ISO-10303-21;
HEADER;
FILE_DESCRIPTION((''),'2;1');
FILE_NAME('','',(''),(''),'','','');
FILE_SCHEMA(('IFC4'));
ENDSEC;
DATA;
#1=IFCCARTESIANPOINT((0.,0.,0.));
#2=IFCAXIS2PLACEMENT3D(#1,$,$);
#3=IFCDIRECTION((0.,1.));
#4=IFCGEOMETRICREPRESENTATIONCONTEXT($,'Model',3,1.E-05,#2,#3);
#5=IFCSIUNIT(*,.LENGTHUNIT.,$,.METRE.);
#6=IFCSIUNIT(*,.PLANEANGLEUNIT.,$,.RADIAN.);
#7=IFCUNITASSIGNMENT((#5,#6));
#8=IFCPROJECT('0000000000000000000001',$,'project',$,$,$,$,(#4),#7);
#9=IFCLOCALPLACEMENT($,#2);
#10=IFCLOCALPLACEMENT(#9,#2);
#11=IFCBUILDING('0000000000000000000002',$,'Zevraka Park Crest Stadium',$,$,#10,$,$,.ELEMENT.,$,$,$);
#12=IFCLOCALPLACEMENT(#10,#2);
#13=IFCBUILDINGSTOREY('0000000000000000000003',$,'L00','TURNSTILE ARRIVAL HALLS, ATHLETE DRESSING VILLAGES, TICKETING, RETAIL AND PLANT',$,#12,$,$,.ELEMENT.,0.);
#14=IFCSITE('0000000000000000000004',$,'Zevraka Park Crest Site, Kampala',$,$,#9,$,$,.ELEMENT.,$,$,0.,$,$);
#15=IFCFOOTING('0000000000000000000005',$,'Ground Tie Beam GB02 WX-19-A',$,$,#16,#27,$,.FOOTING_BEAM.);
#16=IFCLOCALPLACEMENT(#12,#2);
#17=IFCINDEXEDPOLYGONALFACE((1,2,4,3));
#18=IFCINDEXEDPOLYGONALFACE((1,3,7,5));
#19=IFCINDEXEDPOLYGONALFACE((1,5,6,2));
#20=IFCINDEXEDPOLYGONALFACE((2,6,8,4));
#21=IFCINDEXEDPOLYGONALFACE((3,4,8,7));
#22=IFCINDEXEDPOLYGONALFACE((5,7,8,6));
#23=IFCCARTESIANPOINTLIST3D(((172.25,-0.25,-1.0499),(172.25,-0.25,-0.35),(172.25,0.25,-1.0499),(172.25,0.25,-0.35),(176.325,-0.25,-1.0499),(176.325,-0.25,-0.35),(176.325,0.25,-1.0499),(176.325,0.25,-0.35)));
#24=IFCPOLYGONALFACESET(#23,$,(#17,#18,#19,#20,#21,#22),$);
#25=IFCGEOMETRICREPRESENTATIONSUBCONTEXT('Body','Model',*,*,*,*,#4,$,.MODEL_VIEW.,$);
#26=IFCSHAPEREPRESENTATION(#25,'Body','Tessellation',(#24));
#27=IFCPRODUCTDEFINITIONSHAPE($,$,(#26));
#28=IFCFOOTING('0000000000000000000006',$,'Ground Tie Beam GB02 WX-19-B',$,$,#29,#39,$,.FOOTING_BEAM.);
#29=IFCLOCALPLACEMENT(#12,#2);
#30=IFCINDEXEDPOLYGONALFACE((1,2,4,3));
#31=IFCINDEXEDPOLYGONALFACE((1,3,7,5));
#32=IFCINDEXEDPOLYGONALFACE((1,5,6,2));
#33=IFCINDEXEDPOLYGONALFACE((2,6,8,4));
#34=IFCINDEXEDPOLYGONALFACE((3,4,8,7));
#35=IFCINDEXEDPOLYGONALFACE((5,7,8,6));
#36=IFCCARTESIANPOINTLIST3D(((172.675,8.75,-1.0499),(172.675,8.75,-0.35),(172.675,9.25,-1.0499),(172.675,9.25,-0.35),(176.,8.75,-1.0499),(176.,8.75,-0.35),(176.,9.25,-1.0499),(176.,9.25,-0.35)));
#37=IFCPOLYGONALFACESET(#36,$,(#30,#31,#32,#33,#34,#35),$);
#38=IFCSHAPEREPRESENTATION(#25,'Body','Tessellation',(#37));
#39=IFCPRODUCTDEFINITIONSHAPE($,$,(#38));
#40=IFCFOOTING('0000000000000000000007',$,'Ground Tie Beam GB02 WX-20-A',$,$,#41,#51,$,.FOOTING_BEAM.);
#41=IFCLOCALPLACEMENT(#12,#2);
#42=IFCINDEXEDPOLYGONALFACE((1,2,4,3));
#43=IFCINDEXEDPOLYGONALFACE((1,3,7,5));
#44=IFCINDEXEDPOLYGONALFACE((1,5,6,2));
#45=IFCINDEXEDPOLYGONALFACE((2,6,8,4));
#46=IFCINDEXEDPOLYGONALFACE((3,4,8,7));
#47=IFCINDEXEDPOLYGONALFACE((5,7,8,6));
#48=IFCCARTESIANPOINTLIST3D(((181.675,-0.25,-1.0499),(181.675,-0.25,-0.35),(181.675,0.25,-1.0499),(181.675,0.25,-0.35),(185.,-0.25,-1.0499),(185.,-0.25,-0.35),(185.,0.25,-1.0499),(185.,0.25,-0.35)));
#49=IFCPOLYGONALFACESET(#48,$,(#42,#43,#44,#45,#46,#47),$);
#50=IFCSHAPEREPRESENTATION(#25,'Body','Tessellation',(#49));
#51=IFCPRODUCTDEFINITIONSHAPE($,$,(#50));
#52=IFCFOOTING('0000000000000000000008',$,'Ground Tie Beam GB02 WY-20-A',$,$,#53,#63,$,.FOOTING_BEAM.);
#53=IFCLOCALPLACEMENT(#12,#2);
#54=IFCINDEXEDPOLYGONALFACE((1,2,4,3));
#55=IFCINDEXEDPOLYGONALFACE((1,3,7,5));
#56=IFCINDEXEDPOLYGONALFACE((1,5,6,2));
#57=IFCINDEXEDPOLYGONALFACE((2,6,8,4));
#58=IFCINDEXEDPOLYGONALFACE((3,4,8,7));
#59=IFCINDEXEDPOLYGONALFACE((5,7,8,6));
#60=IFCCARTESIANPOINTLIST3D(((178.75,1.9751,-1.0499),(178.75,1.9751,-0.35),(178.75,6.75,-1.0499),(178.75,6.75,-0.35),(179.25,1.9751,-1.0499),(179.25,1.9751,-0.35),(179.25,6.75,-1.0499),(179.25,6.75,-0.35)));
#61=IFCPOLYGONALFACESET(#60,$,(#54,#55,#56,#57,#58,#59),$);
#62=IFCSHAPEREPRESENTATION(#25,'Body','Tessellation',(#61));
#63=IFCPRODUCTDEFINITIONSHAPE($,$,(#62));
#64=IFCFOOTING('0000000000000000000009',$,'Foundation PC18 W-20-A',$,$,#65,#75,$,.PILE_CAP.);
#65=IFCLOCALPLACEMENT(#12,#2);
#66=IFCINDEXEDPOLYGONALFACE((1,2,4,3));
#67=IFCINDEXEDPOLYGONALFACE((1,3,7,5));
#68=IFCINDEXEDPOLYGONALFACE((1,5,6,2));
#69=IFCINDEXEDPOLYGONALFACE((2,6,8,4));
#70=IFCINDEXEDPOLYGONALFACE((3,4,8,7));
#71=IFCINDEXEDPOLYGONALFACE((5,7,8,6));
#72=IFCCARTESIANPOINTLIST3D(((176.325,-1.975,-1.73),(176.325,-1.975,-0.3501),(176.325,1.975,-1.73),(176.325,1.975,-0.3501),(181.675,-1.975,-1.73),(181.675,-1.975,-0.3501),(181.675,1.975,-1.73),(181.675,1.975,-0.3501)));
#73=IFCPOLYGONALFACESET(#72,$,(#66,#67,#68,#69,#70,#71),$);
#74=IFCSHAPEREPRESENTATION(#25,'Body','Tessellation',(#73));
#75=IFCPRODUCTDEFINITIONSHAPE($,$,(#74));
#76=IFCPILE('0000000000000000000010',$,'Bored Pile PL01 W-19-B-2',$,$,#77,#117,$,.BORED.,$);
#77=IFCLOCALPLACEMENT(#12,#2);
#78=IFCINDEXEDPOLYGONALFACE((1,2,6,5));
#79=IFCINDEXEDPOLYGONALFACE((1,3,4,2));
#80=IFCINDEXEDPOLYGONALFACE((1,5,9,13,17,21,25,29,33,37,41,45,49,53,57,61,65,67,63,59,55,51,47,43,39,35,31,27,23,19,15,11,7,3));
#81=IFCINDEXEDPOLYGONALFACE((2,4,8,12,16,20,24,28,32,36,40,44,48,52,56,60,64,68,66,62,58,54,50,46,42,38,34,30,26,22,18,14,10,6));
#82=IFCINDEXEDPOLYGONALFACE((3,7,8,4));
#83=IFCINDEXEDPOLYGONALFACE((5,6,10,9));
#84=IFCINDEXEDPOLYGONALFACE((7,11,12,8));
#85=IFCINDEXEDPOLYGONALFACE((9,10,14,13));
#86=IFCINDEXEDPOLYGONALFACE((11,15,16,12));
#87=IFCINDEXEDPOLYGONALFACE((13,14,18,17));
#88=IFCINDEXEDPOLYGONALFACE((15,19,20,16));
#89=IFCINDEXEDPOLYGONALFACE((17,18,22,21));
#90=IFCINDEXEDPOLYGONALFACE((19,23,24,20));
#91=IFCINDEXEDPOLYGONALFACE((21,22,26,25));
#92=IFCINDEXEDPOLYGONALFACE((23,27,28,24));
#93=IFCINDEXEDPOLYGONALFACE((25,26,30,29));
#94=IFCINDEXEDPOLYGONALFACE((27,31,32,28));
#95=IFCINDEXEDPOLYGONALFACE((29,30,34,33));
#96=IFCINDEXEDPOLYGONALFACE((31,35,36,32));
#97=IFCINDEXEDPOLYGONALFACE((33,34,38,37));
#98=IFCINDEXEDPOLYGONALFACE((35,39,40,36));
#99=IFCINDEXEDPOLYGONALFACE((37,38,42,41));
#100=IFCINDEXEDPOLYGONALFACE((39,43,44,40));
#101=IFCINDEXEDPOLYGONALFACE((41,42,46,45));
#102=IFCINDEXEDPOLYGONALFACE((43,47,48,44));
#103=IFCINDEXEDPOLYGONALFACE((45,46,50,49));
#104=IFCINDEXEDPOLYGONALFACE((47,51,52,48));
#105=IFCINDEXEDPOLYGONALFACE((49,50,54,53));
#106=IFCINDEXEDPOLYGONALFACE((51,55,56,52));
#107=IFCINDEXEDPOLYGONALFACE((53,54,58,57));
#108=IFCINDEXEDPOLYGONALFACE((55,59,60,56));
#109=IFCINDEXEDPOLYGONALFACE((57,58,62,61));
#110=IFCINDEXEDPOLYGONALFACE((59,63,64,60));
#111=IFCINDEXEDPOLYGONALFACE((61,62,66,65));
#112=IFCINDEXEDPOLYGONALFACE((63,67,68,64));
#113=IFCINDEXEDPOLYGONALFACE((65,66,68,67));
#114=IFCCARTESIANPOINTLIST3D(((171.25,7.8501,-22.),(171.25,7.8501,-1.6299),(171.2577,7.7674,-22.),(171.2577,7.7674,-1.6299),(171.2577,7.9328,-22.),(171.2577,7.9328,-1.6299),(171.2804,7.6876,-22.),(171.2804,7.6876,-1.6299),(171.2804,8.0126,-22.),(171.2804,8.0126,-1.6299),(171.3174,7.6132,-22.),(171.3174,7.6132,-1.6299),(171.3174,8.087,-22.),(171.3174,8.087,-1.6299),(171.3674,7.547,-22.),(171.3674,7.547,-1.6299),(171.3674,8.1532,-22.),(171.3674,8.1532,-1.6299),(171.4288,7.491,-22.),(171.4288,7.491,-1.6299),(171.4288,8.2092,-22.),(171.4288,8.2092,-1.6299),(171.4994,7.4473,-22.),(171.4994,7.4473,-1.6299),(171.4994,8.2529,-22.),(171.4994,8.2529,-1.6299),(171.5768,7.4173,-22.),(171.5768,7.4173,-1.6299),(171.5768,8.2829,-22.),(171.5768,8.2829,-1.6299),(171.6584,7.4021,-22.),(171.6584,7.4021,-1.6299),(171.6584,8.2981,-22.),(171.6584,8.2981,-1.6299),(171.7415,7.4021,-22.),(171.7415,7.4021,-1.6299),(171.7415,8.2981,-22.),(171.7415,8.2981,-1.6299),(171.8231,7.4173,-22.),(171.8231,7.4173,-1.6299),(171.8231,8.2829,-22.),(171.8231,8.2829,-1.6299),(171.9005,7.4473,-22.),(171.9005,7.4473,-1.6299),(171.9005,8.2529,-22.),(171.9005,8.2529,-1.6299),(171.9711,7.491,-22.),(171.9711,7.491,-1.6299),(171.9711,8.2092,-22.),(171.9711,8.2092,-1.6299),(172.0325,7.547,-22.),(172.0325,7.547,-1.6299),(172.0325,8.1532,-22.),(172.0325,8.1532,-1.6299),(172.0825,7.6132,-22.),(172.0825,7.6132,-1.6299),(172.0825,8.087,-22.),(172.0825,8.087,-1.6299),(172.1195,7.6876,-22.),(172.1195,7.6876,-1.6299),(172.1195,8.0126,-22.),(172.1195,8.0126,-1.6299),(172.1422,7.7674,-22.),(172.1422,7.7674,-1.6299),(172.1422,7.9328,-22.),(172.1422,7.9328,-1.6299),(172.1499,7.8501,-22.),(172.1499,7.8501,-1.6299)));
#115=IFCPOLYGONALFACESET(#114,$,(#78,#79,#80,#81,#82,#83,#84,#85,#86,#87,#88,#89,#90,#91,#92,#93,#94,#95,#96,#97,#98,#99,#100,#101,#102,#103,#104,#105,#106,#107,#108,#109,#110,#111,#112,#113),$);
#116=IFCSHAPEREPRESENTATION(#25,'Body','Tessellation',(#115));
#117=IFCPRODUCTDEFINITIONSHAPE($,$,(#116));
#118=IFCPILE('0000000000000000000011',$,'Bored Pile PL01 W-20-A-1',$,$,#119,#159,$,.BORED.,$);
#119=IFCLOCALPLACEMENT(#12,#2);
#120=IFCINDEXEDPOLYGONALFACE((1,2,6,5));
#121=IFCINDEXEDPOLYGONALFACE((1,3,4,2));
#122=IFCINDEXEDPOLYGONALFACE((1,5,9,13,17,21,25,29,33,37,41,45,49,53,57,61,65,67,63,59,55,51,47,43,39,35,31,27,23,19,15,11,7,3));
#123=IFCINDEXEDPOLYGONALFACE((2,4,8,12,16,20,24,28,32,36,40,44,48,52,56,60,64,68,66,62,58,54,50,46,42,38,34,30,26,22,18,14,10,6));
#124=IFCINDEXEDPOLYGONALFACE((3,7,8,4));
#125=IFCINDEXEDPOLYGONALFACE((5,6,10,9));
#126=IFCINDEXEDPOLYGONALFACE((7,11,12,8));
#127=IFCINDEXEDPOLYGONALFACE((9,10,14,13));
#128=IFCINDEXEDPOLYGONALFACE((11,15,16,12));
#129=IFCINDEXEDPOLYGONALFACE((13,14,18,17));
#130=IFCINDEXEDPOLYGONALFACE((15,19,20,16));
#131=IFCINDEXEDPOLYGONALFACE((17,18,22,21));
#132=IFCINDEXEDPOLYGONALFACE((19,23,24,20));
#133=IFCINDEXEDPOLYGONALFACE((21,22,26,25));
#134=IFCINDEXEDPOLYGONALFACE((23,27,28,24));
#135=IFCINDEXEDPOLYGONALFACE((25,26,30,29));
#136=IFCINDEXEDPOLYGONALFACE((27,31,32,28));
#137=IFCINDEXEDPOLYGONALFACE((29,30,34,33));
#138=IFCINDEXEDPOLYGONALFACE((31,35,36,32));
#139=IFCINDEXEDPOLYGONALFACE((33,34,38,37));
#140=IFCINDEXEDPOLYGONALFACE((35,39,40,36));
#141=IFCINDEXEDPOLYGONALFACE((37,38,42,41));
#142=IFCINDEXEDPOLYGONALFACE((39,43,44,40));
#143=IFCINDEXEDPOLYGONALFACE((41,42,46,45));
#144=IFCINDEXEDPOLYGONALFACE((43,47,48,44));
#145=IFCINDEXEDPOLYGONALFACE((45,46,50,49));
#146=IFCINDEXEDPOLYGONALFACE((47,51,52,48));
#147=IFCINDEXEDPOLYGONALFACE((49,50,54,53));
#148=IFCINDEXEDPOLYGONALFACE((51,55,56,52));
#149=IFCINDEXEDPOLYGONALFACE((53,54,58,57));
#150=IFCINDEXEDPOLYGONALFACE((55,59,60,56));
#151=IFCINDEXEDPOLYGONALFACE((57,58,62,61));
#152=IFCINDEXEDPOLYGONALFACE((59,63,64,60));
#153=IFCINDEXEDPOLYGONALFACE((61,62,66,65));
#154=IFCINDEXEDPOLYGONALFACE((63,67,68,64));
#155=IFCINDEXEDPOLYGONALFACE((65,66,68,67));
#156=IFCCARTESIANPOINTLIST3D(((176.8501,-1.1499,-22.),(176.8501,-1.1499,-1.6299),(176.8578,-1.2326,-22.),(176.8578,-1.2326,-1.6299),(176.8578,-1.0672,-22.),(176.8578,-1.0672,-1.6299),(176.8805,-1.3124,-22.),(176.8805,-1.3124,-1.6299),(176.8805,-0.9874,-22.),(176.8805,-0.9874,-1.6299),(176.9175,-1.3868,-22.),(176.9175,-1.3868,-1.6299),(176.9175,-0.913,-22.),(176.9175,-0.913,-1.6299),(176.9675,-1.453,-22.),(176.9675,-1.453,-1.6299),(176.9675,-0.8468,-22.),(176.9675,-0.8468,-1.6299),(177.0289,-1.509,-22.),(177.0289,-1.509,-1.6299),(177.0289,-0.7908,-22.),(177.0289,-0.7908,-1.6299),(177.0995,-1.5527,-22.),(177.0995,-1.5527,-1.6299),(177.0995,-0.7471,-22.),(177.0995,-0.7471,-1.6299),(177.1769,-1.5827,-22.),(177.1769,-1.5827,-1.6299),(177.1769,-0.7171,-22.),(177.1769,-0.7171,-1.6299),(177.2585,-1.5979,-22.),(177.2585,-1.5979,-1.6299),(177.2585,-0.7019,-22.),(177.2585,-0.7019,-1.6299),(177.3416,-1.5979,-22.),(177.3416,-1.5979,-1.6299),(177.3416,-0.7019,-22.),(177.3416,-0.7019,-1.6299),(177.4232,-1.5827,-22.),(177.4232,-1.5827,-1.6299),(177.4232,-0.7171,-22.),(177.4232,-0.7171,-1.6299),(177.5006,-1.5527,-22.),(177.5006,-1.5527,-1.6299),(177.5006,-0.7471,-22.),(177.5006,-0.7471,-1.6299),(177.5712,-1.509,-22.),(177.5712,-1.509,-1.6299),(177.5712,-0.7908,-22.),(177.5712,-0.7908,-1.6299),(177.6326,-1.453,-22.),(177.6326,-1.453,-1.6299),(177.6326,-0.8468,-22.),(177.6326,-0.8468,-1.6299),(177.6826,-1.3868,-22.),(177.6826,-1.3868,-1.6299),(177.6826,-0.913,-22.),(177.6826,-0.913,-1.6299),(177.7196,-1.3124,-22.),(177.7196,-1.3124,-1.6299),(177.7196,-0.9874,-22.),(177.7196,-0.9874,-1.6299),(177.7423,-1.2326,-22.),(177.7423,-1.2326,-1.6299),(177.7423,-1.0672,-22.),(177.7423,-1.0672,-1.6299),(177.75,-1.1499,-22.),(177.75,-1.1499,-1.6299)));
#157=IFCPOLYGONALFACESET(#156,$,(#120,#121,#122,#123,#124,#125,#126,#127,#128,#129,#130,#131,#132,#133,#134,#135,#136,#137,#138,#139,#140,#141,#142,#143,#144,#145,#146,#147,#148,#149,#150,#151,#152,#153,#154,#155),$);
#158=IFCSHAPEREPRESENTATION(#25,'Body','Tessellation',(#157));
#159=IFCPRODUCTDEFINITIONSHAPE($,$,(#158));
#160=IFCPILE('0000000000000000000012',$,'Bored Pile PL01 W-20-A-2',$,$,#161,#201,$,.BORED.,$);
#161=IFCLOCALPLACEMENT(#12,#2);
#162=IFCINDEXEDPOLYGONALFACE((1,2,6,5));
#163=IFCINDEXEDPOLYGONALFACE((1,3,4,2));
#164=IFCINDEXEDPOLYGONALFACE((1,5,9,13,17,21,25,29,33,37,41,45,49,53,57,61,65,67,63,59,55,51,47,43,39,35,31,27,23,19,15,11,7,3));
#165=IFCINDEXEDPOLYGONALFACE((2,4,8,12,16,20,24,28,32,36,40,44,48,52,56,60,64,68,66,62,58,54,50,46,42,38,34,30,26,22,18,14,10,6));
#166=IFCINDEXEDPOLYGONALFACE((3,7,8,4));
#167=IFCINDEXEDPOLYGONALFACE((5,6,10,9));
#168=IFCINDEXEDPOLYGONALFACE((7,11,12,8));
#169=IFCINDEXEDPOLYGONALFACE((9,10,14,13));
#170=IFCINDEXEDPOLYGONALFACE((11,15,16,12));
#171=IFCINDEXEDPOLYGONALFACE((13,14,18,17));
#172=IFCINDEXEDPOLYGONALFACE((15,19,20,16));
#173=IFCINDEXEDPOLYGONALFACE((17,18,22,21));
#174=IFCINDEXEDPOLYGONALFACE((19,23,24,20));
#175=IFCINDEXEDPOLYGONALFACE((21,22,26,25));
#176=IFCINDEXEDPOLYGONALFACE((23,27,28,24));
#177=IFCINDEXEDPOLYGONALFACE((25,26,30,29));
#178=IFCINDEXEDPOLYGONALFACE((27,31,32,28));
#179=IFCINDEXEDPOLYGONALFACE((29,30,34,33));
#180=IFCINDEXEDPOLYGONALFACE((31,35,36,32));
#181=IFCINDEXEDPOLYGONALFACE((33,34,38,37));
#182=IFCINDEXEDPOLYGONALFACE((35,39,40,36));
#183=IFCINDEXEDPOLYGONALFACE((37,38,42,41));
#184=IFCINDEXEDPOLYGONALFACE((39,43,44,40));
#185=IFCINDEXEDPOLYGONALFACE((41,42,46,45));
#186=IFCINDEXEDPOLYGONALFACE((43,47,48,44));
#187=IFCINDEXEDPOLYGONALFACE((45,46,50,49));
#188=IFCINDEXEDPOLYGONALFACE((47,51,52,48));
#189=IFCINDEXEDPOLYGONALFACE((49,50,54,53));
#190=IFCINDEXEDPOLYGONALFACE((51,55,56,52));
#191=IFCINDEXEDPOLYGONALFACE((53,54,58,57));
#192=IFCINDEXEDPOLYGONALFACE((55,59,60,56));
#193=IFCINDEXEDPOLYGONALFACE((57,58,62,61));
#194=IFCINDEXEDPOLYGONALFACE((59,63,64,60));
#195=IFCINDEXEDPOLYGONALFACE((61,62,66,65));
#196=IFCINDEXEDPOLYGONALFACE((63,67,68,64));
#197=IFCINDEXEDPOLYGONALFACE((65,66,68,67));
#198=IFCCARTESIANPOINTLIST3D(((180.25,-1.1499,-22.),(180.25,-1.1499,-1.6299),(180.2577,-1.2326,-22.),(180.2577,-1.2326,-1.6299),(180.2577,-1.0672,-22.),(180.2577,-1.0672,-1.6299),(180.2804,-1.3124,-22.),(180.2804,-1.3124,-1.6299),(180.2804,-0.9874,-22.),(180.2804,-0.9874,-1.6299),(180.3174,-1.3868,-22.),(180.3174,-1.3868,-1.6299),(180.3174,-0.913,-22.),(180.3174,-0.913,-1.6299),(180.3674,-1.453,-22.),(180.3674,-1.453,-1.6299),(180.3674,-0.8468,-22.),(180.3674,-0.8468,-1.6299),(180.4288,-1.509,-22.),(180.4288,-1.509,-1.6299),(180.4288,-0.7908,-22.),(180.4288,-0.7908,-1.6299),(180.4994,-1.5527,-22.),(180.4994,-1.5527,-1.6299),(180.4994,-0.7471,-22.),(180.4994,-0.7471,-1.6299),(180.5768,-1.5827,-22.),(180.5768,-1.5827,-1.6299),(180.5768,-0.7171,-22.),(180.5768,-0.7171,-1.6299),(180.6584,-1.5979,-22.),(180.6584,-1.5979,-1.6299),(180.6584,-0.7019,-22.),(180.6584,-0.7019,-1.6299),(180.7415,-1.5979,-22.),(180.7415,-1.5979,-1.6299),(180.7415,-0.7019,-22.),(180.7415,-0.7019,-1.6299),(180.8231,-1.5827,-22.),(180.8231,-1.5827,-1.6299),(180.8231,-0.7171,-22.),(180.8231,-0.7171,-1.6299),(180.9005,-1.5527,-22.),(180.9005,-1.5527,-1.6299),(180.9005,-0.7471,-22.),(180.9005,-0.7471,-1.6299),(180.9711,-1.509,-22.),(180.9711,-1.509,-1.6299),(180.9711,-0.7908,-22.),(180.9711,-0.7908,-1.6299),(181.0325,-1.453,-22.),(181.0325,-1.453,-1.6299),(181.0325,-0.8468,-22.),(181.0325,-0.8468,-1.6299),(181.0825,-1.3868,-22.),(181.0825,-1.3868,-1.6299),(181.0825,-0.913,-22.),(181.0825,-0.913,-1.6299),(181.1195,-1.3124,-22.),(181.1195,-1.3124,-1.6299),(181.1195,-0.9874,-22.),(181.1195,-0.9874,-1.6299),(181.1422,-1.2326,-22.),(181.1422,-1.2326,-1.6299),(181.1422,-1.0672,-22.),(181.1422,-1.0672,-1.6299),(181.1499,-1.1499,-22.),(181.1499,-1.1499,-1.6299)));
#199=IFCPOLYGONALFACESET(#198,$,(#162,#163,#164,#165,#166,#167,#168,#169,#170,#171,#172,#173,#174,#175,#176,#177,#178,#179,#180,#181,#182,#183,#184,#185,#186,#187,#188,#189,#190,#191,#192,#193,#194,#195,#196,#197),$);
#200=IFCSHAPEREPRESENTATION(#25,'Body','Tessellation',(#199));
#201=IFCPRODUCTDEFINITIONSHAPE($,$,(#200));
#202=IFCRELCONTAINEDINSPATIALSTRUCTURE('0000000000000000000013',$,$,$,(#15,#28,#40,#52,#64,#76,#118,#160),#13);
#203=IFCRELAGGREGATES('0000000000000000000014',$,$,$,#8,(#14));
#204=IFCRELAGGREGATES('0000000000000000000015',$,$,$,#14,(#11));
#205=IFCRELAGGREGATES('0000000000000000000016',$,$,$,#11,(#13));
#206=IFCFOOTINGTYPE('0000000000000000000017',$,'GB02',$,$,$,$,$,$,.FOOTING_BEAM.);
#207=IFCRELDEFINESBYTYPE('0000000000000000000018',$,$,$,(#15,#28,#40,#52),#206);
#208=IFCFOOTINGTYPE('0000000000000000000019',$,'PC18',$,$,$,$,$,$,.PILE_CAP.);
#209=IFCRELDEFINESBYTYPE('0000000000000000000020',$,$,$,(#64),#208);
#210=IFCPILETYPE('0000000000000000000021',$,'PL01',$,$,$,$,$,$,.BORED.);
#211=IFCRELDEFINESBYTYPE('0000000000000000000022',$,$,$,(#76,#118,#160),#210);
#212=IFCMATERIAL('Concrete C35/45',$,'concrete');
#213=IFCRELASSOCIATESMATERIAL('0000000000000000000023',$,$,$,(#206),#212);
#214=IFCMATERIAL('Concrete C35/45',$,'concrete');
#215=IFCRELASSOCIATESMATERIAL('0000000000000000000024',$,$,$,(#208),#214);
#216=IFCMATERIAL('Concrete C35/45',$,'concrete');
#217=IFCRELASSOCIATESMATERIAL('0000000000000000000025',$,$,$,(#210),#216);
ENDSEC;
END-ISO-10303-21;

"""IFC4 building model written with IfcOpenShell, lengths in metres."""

from ifc_helpers import new_model, si_unit, direction, frame, origin, origin_2d, place, context, subcontext, project, spatial, rectangle, circle, extrude, material, material_profile, profile_set, type_object, element, save


model = new_model("IFC4")

# Units and contexts
model_context = context("Model", 3, precision=1e-05, world=origin(), true_north=direction((0.0, 1.0)))
body_context = subcontext(model_context, "Body", "Model", "MODEL_VIEW")
ifc_project = project(units=[si_unit("LENGTHUNIT", "METRE"), si_unit("PLANEANGLEUNIT", "RADIAN")], contexts=[model_context])

# Site, building, storey
site_placement = place(None, origin())
site = spatial("IfcSite", under=ifc_project, at=site_placement, Name="Zevraka Park Crest Site, Kampala", CompositionType="ELEMENT", RefElevation=0.0)
building_placement = place(site_placement, origin())
building = spatial("IfcBuilding", under=site, at=building_placement, Name="Zevraka Park Crest Stadium", CompositionType="ELEMENT")
storey_placement = place(building_placement, origin())
storey = spatial("IfcBuildingStorey", under=building, at=storey_placement, Name="L00", Description="TURNSTILE ARRIVAL HALLS, ATHLETE DRESSING VILLAGES, TICKETING, RETAIL AND PLANT", CompositionType="ELEMENT", Elevation=0.0)

# Footings
ifc_material_1 = material(Name="Concrete C35/45", Category="concrete")
ifc_material_profile_1 = material_profile(ifc_material_1, rectangle(XDim=0.5, YDim=0.7, at=origin_2d()), Name="GB 700x500")
ifc_profile_set_1 = profile_set([ifc_material_profile_1], Name="Concrete C35/45")
footing_type_1 = type_object("IfcFootingType", Name="GB02", PredefinedType="FOOTING_BEAM", material=ifc_profile_set_1)
footing_1_placement = place(storey_placement, frame((172.25, 0.0, -0.7), z_axis=(1.0, 0.0, 0.0), x_axis=(0.0, 1.0, 0.0)))
element("IfcFooting", 1, at=footing_1_placement, inside=storey, type_object=footing_type_1, Name="Ground Tie Beam GB02 WX-19-A", PredefinedType="FOOTING_BEAM", context=body_context, shape_type="SweptSolid", body=[
    extrude(rectangle(XDim=0.5, YDim=0.7, at=origin_2d()), origin(), (0.0, 0.0, 1.0), 4.075),
])
for number, where, z_axis, x_axis, name in (
    (2, (172.675, 9.0, -0.7), (1.0, 0.0, 0.0), (0.0, 1.0, 0.0), "Ground Tie Beam GB02 WX-19-B"),
    (3, (181.675, 0.0, -0.7), (1.0, 0.0, 0.0), (0.0, 1.0, 0.0), "Ground Tie Beam GB02 WX-20-A"),
):
    element("IfcFooting", number, at=place(storey_placement, frame(where, z_axis=z_axis, x_axis=x_axis)), inside=storey, type_object=footing_type_1, Name=name, PredefinedType="FOOTING_BEAM", context=body_context, shape_type="SweptSolid", body=[
        extrude(rectangle(XDim=0.5, YDim=0.7, at=origin_2d()), origin(), (0.0, 0.0, 1.0), 3.325),
    ])
footing_2_placement = place(storey_placement, frame((179.0, 1.9751, -0.7), z_axis=(0.0, 1.0, 0.0), x_axis=(-1.0, 0.0, 0.0)))
element("IfcFooting", 4, at=footing_2_placement, inside=storey, type_object=footing_type_1, Name="Ground Tie Beam GB02 WY-20-A", PredefinedType="FOOTING_BEAM", context=body_context, shape_type="SweptSolid", body=[
    extrude(rectangle(XDim=0.5, YDim=0.7, at=origin_2d()), origin(), (0.0, 0.0, 1.0), 4.7749),
])
ifc_material_2 = material(Name="Concrete C35/45", Category="concrete")
footing_type_2 = type_object("IfcFootingType", Name="PC18", PredefinedType="PILE_CAP", material=ifc_material_2)
footing_3_placement = place(storey_placement, frame((179.0, 0.0, -1.73), z_axis=(0.0, 0.0, 1.0), x_axis=(1.0, 0.0, 0.0)))
element("IfcFooting", 5, at=footing_3_placement, inside=storey, type_object=footing_type_2, Name="Foundation PC18 W-20-A", PredefinedType="PILE_CAP", context=body_context, shape_type="SweptSolid", body=[
    extrude(rectangle(XDim=5.3501, YDim=3.95, at=origin_2d()), origin(), (0.0, 0.0, 1.0), 1.3799),
])

# Piles
ifc_material_3 = material(Name="Concrete C35/45", Category="concrete")
ifc_material_profile_2 = material_profile(ifc_material_3, circle(Radius=0.45, at=origin_2d()), Name="PILE D900")
ifc_profile_set_2 = profile_set([ifc_material_profile_2], Name="Concrete C35/45")
pile_type_1 = type_object("IfcPileType", Name="PL01", PredefinedType="BORED", material=ifc_profile_set_2)
for number, where, z_axis, x_axis, name in (
    (6, (171.7, 7.8501, -1.6299), (0.0, 0.0, -1.0), (1.0, 0.0, 0.0), "Bored Pile PL01 W-19-B-2"),
    (7, (177.3, -1.1499, -1.6299), (0.0, 0.0, -1.0), (1.0, 0.0, 0.0), "Bored Pile PL01 W-20-A-1"),
    (8, (180.7, -1.1499, -1.6299), (0.0, 0.0, -1.0), (1.0, 0.0, 0.0), "Bored Pile PL01 W-20-A-2"),
):
    element("IfcPile", number, at=place(storey_placement, frame(where, z_axis=z_axis, x_axis=x_axis)), inside=storey, type_object=pile_type_1, Name=name, PredefinedType="BORED", context=body_context, shape_type="SweptSolid", body=[
        extrude(circle(Radius=0.45, at=origin_2d()), origin(), (0.0, 0.0, 1.0), 20.3701),
    ])

save(model, "model.ifc")
